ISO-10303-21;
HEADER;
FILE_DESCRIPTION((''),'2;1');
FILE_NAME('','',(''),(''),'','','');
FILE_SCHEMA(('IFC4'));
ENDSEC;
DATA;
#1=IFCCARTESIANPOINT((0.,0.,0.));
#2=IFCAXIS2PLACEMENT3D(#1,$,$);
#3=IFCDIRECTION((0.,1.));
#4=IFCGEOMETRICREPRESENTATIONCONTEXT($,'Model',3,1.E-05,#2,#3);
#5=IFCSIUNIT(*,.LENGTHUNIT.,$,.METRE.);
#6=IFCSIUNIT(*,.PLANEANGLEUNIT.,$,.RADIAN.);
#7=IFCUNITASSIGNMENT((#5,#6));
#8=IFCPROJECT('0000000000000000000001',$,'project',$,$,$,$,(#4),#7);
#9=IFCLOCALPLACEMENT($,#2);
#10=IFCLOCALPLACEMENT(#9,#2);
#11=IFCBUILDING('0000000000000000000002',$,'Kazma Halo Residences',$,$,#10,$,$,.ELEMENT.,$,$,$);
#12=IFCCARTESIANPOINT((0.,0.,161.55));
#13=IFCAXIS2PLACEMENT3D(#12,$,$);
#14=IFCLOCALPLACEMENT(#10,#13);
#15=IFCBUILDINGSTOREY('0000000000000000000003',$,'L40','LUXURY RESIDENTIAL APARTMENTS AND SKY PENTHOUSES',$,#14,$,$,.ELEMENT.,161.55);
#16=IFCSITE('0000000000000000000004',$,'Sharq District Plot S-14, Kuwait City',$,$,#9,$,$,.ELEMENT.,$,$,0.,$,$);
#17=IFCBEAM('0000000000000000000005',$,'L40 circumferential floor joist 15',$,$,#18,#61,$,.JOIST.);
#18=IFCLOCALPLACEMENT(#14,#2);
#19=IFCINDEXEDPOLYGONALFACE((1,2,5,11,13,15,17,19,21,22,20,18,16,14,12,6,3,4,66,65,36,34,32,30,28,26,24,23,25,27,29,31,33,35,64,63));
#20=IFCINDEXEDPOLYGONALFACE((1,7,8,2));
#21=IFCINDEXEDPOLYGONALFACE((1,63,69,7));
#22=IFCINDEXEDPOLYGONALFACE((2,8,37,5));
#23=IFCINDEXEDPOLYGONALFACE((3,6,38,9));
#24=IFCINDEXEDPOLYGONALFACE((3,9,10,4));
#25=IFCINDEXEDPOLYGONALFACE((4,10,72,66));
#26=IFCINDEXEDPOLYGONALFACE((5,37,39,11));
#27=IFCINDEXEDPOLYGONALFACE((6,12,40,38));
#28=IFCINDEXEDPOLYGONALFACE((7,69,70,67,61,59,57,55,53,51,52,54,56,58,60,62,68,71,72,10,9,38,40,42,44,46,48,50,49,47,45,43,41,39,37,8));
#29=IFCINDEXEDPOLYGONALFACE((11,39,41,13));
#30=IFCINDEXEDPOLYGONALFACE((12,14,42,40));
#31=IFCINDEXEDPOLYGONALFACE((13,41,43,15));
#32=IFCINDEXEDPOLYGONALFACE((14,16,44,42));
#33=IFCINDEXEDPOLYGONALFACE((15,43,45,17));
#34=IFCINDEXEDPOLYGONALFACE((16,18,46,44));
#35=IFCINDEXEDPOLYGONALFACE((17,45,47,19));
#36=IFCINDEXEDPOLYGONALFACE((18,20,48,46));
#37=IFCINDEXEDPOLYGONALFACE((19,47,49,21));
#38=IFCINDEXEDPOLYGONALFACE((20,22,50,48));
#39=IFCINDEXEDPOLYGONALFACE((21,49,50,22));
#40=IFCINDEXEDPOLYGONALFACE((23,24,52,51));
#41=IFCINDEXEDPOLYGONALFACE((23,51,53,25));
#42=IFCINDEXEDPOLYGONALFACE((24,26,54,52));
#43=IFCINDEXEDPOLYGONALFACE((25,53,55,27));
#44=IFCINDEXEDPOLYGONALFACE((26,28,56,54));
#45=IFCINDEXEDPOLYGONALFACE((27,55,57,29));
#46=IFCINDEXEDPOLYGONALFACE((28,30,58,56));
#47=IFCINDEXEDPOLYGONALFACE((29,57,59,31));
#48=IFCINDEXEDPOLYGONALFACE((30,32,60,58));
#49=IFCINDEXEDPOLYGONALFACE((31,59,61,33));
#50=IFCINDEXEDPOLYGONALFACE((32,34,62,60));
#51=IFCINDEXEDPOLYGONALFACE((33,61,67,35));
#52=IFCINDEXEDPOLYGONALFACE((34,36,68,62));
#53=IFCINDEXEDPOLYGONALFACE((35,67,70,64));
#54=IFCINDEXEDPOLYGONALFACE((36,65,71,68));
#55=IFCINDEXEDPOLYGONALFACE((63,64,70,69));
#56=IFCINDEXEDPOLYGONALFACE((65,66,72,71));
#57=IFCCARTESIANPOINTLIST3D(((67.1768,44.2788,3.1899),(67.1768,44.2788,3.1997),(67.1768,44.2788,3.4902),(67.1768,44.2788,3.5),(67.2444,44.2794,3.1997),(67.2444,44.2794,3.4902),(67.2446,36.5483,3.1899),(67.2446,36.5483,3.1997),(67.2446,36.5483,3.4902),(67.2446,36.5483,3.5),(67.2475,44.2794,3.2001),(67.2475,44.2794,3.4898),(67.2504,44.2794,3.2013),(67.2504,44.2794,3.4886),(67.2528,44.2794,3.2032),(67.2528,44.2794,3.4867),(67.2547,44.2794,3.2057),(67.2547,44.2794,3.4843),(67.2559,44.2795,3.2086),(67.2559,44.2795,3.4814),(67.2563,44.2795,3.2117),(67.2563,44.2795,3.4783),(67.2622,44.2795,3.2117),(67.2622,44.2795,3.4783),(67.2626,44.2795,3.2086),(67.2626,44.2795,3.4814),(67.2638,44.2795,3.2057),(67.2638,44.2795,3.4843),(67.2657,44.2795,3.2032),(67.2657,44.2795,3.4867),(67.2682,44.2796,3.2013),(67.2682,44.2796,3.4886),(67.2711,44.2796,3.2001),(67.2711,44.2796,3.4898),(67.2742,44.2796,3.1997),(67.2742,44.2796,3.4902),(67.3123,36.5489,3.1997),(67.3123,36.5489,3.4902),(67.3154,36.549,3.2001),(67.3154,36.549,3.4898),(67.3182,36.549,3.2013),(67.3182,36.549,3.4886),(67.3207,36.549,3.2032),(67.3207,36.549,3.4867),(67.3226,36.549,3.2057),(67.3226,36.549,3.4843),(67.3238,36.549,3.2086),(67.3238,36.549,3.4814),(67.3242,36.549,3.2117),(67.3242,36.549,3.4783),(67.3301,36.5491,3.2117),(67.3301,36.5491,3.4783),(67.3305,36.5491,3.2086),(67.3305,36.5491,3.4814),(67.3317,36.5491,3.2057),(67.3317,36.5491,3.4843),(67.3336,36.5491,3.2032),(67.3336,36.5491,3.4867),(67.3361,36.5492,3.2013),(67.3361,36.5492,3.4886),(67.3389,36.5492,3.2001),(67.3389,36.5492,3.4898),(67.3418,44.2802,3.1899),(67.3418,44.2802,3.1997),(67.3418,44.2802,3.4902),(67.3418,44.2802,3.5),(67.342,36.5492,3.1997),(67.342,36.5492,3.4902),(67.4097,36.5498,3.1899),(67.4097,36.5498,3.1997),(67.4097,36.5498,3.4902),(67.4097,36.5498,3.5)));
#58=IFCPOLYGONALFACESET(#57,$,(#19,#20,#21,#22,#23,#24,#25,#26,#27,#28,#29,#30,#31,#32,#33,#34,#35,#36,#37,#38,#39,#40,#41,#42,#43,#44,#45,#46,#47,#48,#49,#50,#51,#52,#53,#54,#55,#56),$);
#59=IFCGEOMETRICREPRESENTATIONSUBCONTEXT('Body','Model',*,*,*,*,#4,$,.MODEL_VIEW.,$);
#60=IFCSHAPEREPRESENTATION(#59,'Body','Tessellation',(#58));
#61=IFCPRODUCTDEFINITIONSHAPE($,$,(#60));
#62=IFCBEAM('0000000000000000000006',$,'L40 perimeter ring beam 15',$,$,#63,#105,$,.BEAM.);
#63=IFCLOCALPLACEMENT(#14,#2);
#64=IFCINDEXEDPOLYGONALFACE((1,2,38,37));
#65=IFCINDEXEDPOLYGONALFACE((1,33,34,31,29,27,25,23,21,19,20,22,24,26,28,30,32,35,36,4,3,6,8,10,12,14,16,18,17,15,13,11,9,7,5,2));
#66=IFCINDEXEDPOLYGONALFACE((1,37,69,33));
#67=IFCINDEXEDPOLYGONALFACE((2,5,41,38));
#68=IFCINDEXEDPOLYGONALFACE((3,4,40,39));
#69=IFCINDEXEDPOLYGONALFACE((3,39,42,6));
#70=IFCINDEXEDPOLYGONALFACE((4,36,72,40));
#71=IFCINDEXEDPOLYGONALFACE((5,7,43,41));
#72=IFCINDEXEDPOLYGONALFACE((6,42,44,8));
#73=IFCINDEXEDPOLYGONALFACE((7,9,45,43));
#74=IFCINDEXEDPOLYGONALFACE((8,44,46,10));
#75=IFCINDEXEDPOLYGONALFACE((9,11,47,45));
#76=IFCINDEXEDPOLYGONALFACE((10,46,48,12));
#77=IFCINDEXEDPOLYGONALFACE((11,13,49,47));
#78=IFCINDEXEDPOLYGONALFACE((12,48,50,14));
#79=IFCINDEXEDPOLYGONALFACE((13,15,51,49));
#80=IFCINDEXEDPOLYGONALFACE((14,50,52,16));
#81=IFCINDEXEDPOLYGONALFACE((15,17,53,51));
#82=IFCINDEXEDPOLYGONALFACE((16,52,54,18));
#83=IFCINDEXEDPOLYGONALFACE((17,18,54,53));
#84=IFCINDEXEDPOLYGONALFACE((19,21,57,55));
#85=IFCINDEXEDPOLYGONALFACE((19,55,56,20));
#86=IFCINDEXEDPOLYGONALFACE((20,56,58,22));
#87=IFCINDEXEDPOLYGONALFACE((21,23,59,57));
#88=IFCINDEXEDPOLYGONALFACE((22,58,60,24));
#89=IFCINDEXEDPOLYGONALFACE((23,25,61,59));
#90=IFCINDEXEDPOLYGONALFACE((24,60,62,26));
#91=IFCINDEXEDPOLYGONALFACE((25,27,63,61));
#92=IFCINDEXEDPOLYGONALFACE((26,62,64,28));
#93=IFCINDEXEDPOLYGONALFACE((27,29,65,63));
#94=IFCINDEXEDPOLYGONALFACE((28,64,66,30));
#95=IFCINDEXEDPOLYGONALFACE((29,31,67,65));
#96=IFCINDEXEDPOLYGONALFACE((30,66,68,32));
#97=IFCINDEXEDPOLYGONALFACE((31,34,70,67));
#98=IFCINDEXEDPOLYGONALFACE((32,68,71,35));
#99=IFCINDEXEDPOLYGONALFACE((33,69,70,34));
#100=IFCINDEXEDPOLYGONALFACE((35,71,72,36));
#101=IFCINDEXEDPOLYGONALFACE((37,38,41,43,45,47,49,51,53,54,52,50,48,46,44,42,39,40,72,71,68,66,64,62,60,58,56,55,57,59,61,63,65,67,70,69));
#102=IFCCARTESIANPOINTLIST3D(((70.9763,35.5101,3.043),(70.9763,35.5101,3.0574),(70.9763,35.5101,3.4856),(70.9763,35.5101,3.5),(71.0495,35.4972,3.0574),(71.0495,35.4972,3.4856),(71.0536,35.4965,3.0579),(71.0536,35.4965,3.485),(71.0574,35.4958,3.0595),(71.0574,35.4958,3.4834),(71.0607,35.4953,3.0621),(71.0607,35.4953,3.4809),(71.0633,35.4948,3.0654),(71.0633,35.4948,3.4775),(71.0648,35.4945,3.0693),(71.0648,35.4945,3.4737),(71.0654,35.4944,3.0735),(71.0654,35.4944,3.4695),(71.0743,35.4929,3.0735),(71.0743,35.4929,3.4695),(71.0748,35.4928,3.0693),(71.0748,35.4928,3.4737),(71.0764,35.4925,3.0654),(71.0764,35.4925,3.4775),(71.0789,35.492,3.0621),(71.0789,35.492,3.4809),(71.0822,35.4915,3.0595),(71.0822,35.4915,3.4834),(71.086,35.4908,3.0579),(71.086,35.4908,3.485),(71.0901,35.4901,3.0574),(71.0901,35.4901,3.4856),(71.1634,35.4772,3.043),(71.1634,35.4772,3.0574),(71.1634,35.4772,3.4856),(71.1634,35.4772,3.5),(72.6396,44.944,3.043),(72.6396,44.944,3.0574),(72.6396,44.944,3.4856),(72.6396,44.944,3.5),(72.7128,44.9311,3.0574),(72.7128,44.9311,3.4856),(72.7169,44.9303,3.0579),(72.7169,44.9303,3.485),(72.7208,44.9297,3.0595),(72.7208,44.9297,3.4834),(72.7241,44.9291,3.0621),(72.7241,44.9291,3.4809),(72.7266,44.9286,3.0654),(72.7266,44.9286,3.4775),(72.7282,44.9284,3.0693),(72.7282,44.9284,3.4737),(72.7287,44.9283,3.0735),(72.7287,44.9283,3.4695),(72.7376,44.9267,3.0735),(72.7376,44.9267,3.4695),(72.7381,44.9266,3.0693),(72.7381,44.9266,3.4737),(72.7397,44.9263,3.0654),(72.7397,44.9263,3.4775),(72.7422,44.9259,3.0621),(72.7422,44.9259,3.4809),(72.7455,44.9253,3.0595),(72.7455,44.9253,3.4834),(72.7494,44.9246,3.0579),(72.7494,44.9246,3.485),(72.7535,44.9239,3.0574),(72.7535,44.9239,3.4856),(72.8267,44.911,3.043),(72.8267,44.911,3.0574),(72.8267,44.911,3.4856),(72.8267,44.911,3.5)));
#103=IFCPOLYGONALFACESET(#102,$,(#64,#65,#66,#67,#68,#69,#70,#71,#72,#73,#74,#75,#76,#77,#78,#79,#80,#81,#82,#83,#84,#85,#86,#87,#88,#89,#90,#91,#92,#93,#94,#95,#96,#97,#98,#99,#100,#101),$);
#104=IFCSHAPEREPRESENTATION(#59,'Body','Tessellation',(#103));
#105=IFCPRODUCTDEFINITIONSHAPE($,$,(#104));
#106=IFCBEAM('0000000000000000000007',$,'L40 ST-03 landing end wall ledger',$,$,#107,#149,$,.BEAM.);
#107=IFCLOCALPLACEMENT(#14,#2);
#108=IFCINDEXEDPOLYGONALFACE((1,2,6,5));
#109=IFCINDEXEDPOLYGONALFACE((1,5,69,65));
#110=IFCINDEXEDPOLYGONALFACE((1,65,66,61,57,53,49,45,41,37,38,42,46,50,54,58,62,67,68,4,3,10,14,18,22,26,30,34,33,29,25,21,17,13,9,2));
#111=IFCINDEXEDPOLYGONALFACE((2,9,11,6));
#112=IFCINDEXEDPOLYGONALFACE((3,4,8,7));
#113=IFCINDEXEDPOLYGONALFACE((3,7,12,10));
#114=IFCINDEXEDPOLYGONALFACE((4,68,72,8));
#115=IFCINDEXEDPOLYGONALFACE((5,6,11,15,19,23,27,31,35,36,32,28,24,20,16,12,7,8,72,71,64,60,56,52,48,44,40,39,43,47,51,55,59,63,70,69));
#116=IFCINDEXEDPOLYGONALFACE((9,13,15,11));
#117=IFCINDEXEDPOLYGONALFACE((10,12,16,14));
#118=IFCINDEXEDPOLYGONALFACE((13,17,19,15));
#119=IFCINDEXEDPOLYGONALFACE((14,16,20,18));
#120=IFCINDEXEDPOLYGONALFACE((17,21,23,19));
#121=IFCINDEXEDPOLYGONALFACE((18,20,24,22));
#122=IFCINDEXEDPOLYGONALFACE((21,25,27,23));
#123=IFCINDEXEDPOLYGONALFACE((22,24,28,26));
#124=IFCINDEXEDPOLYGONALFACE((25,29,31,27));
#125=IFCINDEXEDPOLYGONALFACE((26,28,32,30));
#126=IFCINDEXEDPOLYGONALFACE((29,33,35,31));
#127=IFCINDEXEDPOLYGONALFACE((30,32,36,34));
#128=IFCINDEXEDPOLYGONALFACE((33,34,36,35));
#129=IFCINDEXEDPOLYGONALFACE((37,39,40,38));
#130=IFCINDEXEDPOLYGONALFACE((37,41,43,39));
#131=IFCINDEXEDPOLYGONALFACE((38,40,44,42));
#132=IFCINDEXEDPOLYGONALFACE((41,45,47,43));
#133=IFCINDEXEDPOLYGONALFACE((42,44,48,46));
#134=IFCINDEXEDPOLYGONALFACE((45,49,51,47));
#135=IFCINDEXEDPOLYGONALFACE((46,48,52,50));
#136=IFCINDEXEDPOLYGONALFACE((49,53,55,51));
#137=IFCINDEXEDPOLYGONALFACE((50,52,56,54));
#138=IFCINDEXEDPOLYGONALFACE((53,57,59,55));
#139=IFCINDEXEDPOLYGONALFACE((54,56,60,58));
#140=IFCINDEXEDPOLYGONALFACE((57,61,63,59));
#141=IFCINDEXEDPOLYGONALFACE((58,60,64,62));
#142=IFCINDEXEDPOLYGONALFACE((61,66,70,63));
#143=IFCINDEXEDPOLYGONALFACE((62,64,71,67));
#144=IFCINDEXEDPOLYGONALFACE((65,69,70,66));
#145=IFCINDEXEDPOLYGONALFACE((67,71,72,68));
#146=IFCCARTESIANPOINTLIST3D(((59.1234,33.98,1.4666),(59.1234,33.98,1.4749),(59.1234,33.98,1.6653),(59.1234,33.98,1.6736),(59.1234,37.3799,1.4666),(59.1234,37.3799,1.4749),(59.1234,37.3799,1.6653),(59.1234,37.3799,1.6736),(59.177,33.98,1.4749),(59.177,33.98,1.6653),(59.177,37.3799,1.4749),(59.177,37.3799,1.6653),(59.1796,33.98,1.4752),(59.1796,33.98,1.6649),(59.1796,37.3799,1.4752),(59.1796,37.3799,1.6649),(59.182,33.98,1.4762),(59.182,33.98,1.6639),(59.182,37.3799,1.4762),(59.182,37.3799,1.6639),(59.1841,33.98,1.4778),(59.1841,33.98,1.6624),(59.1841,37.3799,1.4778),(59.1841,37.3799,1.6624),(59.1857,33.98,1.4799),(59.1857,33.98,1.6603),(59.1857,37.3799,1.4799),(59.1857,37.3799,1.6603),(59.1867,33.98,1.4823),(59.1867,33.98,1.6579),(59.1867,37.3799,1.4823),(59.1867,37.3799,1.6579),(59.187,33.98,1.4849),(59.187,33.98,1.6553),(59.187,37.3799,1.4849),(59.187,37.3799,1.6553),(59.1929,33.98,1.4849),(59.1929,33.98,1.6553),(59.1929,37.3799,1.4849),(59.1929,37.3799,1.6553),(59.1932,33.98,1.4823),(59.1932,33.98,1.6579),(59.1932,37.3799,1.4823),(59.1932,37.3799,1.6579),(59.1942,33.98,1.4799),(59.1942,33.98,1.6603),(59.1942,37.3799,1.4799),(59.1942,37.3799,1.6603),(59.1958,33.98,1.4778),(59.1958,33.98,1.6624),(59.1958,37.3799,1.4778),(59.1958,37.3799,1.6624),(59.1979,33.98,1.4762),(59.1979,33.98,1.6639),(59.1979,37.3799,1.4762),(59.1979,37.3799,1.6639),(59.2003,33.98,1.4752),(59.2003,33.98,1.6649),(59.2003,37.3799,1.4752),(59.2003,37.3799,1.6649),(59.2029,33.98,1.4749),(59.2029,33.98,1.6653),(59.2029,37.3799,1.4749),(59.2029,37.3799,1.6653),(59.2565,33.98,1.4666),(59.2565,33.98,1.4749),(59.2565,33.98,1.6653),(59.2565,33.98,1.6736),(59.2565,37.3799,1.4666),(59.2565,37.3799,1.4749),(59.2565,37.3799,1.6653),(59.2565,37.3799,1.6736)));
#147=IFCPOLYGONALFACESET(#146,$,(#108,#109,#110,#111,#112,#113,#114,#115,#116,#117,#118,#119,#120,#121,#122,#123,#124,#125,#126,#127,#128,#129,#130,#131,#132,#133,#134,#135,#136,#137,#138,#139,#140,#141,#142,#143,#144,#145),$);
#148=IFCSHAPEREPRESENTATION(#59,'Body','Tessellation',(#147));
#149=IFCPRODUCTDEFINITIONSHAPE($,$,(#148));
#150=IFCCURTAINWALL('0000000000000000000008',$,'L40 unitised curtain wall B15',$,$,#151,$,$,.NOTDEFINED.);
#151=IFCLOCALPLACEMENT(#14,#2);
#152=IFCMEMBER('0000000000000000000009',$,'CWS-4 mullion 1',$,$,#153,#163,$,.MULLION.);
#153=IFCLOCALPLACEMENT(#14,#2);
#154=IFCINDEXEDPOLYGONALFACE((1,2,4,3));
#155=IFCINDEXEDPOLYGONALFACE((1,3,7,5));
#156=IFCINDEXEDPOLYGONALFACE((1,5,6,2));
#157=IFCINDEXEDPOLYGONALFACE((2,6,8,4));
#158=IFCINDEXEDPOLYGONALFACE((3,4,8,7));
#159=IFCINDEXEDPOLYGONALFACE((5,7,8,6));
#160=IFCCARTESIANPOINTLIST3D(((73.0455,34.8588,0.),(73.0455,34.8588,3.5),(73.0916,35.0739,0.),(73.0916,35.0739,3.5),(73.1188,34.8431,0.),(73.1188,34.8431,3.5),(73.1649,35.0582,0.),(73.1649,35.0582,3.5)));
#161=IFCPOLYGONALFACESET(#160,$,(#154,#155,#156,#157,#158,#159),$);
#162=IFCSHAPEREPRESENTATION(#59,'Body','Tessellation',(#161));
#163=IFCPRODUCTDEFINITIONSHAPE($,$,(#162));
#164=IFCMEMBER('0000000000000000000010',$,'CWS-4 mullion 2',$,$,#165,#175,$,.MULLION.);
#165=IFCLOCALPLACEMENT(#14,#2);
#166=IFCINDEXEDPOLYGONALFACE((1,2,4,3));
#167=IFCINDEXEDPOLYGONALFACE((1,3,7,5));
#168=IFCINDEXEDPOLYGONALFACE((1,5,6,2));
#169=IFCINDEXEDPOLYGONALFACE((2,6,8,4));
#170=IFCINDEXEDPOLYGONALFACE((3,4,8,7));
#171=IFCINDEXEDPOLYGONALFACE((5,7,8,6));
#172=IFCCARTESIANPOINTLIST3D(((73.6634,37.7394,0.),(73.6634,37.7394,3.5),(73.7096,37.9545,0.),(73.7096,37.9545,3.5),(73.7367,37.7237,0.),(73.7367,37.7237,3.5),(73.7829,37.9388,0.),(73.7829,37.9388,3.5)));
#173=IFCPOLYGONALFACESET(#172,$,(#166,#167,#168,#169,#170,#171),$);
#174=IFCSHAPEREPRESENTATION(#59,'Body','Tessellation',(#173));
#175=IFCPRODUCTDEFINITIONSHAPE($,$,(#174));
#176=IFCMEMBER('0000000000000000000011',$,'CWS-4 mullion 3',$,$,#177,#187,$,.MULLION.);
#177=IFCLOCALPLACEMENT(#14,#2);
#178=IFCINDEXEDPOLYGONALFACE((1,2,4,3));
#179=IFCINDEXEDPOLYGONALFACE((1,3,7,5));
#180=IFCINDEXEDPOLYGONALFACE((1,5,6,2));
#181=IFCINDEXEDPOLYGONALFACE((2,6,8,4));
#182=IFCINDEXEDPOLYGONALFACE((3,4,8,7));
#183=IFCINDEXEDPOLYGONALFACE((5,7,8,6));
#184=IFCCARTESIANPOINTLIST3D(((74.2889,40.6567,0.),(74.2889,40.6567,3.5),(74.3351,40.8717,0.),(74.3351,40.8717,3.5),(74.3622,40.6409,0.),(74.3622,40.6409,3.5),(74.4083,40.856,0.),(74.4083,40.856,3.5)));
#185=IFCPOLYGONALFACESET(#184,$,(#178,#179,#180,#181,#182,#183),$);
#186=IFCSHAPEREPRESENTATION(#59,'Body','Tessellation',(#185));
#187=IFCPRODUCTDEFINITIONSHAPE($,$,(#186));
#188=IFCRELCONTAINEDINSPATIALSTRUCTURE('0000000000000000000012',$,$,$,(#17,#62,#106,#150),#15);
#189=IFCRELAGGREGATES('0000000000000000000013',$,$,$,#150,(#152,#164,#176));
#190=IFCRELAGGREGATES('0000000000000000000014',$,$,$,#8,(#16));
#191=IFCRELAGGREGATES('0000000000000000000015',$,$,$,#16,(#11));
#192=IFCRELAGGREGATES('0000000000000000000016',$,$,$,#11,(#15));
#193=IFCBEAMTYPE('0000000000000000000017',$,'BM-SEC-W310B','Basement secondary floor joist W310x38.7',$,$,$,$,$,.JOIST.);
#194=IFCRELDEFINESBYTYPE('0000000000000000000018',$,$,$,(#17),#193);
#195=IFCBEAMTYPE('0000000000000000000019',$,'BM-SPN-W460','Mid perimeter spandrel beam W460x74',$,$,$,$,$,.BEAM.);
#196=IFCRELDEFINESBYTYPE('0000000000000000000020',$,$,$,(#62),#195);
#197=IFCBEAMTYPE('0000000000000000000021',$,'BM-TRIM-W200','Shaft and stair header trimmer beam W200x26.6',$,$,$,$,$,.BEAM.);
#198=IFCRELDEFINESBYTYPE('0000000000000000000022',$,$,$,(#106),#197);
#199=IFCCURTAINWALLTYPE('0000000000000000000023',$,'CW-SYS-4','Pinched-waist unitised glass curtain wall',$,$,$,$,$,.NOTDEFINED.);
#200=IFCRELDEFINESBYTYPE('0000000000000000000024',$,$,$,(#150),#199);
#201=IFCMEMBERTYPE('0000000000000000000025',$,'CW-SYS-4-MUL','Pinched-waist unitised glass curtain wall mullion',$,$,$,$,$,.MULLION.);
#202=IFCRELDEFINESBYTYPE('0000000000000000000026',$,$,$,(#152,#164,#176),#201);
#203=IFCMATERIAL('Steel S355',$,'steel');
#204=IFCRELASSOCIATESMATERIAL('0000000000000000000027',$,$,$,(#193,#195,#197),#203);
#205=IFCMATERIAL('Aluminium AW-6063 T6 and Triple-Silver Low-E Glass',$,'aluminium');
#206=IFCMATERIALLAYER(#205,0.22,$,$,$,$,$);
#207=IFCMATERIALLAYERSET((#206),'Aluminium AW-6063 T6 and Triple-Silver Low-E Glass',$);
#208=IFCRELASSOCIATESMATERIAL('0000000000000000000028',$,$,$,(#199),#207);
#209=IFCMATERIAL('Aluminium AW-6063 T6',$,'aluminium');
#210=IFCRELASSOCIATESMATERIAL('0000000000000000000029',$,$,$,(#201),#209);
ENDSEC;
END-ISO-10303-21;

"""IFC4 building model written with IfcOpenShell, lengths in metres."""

from ifc_helpers import new_model, si_unit, direction, frame, origin, origin_2d, place, context, subcontext, project, spatial, rectangle, i_section, extrude, material, layer, layer_set, material_profile, profile_set, type_object, element, aggregate, save


model = new_model("IFC4")

# Units and contexts
model_context = context("Model", 3, precision=1e-05, world=origin(), true_north=direction((0.0, 1.0)))
body_context = subcontext(model_context, "Body", "Model", "MODEL_VIEW")
ifc_project = project(units=[si_unit("LENGTHUNIT", "METRE"), si_unit("PLANEANGLEUNIT", "RADIAN")], contexts=[model_context])

# Site, building, storey
site_placement = place(None, origin())
site = spatial("IfcSite", under=ifc_project, at=site_placement, Name="Sharq District Plot S-14, Kuwait City", CompositionType="ELEMENT", RefElevation=0.0)
building_placement = place(site_placement, origin())
building = spatial("IfcBuilding", under=site, at=building_placement, Name="Kazma Halo Residences", CompositionType="ELEMENT")
storey_placement = place(building_placement, frame((0.0, 0.0, 161.55)))
storey = spatial("IfcBuildingStorey", under=building, at=storey_placement, Name="L40", Description="LUXURY RESIDENTIAL APARTMENTS AND SKY PENTHOUSES", CompositionType="ELEMENT", Elevation=161.55)

# Beams
ifc_material_1 = material(Name="Steel S355", Category="steel")
ifc_material_profile_1 = material_profile(ifc_material_1, i_section(OverallWidth=0.165, OverallDepth=0.3101, WebThickness=0.0059, FlangeThickness=0.0098, FilletRadius=0.012, at=origin_2d()), Name="W310x38.7")
ifc_profile_set_1 = profile_set([ifc_material_profile_1], Name="Steel S355")
beam_type_1 = type_object("IfcBeamType", Name="BM-SEC-W310B", Description="Basement secondary floor joist W310x38.7", PredefinedType="JOIST", material=ifc_profile_set_1)
beam_1_placement = place(storey_placement, frame((67.3271, 36.5491, 3.345), z_axis=(-0.008779, 0.999961, 0.0), x_axis=(-0.999961, -0.008779, 0.0)))
element("IfcBeam", 1, at=beam_1_placement, inside=storey, type_object=beam_type_1, Name="L40 circumferential floor joist 15", PredefinedType="JOIST", context=body_context, shape_type="SweptSolid", body=[
    extrude(i_section(OverallWidth=0.165, OverallDepth=0.3101, WebThickness=0.0059, FlangeThickness=0.0098, FilletRadius=0.012, at=origin_2d()), origin(), (0.0, 0.0, 1.0), 7.7307),
])
ifc_material_profile_2 = material_profile(ifc_material_1, i_section(OverallWidth=0.1899, OverallDepth=0.457, WebThickness=0.009, FlangeThickness=0.0144, FilletRadius=0.0161, at=origin_2d()), Name="W460x74")
ifc_profile_set_2 = profile_set([ifc_material_profile_2], Name="Steel S355")
beam_type_2 = type_object("IfcBeamType", Name="BM-SPN-W460", Description="Mid perimeter spandrel beam W460x74", PredefinedType="BEAM", material=ifc_profile_set_2)
beam_2_placement = place(storey_placement, frame((71.0698, 35.4937, 3.2715), z_axis=(0.173637, 0.98481, 0.0), x_axis=(-0.98481, 0.173637, 0.0)))
element("IfcBeam", 2, at=beam_2_placement, inside=storey, type_object=beam_type_2, Name="L40 perimeter ring beam 15", PredefinedType="BEAM", context=body_context, shape_type="SweptSolid", body=[
    extrude(i_section(OverallWidth=0.1899, OverallDepth=0.457, WebThickness=0.009, FlangeThickness=0.0144, FilletRadius=0.0161, at=origin_2d()), origin(), (0.0, 0.0, 1.0), 9.5793),
])
ifc_material_profile_3 = material_profile(ifc_material_1, i_section(OverallWidth=0.1331, OverallDepth=0.207, WebThickness=0.0059, FlangeThickness=0.0083, FilletRadius=0.01, at=origin_2d()), Name="W200x26.6")
ifc_profile_set_3 = profile_set([ifc_material_profile_3], Name="Steel S355")
beam_type_3 = type_object("IfcBeamType", Name="BM-TRIM-W200", Description="Shaft and stair header trimmer beam W200x26.6", PredefinedType="BEAM", material=ifc_profile_set_3)
beam_3_placement = place(storey_placement, frame((59.1899, 33.98, 1.5701), z_axis=(0.0, 1.0, 0.0), x_axis=(-1.0, 0.0, 0.0)))
element("IfcBeam", 3, at=beam_3_placement, inside=storey, type_object=beam_type_3, Name="L40 ST-03 landing end wall ledger", PredefinedType="BEAM", context=body_context, shape_type="SweptSolid", body=[
    extrude(i_section(OverallWidth=0.1331, OverallDepth=0.207, WebThickness=0.0059, FlangeThickness=0.0083, FilletRadius=0.01, at=origin_2d()), origin(), (0.0, 0.0, 1.0), 3.3999),
])

# Curtain wall, members
ifc_material_2 = material(Name="Aluminium AW-6063 T6 and Triple-Silver Low-E Glass", Category="aluminium")
ifc_layer_1 = layer(ifc_material_2, 0.22)
ifc_layer_set_1 = layer_set([ifc_layer_1], Name="Aluminium AW-6063 T6 and Triple-Silver Low-E Glass")
curtain_wall_type = type_object("IfcCurtainWallType", Name="CW-SYS-4", Description="Pinched-waist unitised glass curtain wall", PredefinedType="NOTDEFINED", material=ifc_layer_set_1)
curtain_wall_placement = place(storey_placement, origin())
curtain_wall = element("IfcCurtainWall", 4, at=curtain_wall_placement, inside=storey, type_object=curtain_wall_type, Name="L40 unitised curtain wall B15", PredefinedType="NOTDEFINED")
ifc_material_3 = material(Name="Aluminium AW-6063 T6", Category="aluminium")
ifc_material_profile_4 = material_profile(ifc_material_3, rectangle(XDim=0.075, YDim=0.22, at=origin_2d()), Name="CWM-75x220")
ifc_profile_set_4 = profile_set([ifc_material_profile_4], Name="Aluminium AW-6063 T6")
member_type_1 = type_object("IfcMemberType", Name="CW-SYS-4-MUL", Description="Pinched-waist unitised glass curtain wall mullion", PredefinedType="MULLION", material=ifc_profile_set_4)
member_1_placement = place(storey_placement, frame((73.1052, 34.9585, 0.0), z_axis=(0.0, 0.0, 1.0), x_axis=(-0.977765, 0.209704, 0.0)))
member_1 = element("IfcMember", 5, at=member_1_placement, type_object=member_type_1, Name="CWS-4 mullion 1", PredefinedType="MULLION", context=body_context, shape_type="SweptSolid", body=[
    extrude(rectangle(XDim=0.075, YDim=0.22, at=origin_2d()), origin(), (0.0, 0.0, 1.0), 3.5),
])
member_2_placement = place(storey_placement, frame((73.7231, 37.8391, 0.0), z_axis=(0.0, 0.0, 1.0), x_axis=(-0.977765, 0.209704, 0.0)))
member_2 = element("IfcMember", 6, at=member_2_placement, type_object=member_type_1, Name="CWS-4 mullion 2", PredefinedType="MULLION", context=body_context, shape_type="SweptSolid", body=[
    extrude(rectangle(XDim=0.075, YDim=0.22, at=origin_2d()), origin(), (0.0, 0.0, 1.0), 3.5),
])
member_3_placement = place(storey_placement, frame((74.3486, 40.7563, 0.0), z_axis=(0.0, 0.0, 1.0), x_axis=(-0.977765, 0.209704, 0.0)))
member_3 = element("IfcMember", 7, at=member_3_placement, type_object=member_type_1, Name="CWS-4 mullion 3", PredefinedType="MULLION", context=body_context, shape_type="SweptSolid", body=[
    extrude(rectangle(XDim=0.075, YDim=0.22, at=origin_2d()), origin(), (0.0, 0.0, 1.0), 3.5),
])
aggregate(curtain_wall, [member_1, member_2, member_3])

save(model, "model.ifc")
